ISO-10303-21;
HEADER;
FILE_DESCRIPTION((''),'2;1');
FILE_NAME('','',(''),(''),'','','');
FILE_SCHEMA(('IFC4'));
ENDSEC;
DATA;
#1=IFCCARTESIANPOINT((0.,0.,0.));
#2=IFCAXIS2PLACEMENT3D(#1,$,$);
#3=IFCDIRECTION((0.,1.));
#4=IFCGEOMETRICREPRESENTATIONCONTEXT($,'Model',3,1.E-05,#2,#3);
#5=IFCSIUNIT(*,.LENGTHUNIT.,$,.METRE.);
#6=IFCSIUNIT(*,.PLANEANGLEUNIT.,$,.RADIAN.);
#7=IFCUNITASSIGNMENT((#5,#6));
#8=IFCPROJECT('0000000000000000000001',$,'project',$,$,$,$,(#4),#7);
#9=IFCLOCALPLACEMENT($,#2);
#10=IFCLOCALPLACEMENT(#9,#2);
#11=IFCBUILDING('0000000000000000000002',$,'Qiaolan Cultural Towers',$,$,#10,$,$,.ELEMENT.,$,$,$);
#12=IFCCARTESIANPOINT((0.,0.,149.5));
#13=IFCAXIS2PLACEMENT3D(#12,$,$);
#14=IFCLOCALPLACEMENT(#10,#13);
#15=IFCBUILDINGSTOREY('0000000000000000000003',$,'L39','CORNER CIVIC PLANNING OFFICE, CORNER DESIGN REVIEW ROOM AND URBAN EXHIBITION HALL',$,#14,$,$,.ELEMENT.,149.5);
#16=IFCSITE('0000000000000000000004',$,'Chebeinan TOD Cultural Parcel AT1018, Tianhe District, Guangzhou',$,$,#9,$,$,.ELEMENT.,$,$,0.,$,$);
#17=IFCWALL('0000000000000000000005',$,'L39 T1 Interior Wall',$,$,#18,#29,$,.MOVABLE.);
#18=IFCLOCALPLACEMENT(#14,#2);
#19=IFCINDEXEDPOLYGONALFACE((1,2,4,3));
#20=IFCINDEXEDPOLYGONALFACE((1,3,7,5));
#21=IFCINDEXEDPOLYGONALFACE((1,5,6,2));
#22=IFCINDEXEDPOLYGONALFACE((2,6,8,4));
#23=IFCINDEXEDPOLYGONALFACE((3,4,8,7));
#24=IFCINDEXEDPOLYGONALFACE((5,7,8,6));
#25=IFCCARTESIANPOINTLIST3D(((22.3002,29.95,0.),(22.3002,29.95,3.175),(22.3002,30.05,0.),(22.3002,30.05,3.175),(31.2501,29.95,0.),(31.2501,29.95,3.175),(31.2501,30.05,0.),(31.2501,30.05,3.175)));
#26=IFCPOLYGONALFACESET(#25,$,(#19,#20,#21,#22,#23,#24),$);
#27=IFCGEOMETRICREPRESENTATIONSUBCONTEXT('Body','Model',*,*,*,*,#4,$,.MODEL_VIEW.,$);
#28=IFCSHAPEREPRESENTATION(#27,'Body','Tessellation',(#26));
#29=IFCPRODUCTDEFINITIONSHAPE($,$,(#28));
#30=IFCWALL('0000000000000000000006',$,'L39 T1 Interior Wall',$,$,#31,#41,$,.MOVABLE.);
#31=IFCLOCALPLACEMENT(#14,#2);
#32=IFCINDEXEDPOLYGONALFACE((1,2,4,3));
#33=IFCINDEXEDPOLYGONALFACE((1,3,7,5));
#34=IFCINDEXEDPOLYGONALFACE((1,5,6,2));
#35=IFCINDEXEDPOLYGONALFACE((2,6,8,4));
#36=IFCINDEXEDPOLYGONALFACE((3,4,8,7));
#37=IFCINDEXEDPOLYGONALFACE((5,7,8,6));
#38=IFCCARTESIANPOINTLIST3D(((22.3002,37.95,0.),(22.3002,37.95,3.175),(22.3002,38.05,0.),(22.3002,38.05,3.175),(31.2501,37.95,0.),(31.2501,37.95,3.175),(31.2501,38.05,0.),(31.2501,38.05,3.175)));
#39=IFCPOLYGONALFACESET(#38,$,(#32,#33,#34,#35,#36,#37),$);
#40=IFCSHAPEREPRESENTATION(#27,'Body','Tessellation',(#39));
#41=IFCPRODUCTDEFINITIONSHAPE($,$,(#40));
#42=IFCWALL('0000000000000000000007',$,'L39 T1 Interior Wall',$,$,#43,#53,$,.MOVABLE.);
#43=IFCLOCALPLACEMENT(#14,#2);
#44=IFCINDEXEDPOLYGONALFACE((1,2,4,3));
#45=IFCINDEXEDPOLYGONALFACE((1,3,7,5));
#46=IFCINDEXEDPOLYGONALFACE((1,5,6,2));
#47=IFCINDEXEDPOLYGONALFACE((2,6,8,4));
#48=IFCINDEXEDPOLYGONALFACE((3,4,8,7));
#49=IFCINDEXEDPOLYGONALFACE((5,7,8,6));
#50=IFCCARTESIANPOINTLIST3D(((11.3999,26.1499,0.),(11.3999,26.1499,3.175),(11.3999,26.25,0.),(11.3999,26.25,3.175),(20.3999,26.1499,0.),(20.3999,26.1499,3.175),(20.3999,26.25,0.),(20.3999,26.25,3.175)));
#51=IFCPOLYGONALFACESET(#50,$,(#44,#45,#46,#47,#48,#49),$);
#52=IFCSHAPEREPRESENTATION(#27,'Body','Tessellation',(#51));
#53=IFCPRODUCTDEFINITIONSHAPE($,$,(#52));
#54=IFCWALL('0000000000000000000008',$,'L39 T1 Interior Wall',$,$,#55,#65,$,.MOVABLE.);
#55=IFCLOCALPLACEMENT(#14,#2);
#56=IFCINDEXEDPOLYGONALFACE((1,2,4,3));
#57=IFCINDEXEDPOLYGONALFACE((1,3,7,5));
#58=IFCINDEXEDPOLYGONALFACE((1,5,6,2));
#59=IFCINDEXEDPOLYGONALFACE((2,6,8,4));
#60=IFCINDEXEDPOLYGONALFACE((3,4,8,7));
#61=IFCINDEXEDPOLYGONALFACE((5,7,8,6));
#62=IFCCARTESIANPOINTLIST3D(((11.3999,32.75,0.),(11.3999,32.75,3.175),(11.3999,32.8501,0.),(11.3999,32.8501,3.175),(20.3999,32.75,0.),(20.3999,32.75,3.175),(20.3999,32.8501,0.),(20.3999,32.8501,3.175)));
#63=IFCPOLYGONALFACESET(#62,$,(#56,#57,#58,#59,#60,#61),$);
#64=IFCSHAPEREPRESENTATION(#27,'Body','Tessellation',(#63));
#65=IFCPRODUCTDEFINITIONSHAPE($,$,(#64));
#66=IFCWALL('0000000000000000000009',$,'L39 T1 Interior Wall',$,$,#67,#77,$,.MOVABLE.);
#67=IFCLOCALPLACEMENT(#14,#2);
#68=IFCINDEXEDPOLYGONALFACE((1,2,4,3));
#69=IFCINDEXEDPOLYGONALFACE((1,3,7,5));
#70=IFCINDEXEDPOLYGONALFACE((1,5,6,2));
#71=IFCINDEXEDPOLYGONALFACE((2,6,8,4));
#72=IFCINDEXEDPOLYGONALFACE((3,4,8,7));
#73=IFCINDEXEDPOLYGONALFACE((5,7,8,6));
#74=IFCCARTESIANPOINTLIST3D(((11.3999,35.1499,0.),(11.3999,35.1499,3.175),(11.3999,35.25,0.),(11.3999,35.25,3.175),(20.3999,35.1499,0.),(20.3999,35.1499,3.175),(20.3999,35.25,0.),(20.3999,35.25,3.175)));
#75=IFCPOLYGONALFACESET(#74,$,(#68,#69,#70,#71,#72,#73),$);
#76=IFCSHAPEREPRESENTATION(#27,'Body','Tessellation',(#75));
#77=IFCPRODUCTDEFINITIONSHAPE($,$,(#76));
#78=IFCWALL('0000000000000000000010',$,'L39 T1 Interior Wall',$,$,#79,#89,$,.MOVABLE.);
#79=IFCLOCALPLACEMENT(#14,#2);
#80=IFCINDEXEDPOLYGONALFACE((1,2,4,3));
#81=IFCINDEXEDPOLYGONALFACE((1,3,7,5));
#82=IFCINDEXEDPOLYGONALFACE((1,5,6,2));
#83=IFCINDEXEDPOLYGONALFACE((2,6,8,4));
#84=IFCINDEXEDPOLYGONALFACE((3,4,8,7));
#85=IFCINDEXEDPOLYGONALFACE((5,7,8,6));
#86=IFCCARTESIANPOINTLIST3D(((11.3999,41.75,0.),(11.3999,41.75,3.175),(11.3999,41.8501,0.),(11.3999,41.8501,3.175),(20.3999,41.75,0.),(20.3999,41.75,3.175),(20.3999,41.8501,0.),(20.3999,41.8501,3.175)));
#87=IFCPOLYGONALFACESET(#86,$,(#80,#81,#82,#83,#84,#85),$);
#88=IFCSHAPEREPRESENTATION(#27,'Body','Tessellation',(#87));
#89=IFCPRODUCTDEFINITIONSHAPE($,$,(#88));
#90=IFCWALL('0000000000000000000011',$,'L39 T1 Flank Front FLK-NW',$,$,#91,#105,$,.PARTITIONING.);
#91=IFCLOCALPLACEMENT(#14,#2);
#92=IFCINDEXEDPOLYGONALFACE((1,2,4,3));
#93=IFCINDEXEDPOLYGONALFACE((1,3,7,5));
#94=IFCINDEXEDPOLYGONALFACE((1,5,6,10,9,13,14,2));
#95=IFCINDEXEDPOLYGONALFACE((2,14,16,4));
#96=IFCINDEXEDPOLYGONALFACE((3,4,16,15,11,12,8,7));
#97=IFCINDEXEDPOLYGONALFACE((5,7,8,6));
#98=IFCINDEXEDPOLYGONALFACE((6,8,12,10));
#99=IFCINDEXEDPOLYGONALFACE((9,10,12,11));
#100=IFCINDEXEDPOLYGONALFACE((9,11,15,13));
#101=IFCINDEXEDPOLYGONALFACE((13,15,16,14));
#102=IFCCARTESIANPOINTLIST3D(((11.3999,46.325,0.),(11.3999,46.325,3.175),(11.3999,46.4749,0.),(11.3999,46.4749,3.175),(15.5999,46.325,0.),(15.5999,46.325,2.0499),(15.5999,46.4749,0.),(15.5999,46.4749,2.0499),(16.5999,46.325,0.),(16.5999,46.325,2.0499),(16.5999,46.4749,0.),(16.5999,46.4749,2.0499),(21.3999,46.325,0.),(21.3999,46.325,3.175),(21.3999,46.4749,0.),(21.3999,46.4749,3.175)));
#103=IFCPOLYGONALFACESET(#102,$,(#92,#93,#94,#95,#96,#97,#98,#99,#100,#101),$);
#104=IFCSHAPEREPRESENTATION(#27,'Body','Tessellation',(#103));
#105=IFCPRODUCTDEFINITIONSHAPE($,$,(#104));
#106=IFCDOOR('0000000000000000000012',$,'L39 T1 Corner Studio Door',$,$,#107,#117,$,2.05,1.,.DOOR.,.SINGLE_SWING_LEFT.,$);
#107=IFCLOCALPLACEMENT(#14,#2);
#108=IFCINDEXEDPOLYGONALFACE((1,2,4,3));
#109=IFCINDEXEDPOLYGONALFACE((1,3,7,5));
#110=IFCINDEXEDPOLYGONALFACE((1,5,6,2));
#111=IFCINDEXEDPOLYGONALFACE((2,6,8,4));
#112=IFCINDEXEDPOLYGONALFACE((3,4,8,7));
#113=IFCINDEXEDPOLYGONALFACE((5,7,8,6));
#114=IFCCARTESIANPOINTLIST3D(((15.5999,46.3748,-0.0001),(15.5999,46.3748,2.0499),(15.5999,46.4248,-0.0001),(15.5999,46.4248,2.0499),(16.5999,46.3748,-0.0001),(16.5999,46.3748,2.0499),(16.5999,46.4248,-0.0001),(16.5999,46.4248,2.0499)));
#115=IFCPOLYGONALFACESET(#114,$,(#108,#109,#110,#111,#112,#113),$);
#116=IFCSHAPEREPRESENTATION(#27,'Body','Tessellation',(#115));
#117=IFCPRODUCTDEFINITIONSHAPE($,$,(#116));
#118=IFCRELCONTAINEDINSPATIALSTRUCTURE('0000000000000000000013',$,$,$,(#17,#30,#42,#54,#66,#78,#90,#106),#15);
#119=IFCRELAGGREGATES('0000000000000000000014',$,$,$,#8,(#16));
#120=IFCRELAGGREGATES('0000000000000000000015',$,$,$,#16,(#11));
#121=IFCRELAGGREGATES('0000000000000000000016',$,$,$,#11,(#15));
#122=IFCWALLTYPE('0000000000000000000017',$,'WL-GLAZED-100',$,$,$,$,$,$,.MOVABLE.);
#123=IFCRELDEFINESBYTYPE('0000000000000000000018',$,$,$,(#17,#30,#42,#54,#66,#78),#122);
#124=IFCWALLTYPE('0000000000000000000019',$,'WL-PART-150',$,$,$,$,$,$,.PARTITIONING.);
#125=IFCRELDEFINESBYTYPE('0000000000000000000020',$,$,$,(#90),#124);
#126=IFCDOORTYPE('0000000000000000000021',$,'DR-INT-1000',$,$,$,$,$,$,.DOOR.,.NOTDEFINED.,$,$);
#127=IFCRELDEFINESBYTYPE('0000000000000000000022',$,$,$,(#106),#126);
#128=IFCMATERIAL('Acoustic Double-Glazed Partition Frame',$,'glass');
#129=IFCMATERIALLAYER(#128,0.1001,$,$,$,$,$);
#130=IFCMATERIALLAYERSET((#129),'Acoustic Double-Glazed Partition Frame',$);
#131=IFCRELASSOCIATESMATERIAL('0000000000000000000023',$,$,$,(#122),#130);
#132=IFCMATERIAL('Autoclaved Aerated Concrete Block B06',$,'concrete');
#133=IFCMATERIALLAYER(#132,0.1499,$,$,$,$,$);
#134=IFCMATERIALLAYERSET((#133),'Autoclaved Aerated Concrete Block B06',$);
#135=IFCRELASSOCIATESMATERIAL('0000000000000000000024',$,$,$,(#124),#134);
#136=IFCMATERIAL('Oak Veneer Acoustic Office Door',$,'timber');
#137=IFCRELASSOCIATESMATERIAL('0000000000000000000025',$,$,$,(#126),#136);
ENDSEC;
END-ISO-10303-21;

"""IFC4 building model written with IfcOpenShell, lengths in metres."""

from ifc_helpers import new_model, si_unit, direction, frame, frame_2d, origin, place, context, subcontext, project, spatial, rectangle, extrude, material, layer, layer_set, type_object, element, fill, save


model = new_model("IFC4")

# Units and contexts
model_context = context("Model", 3, precision=1e-05, world=origin(), true_north=direction((0.0, 1.0)))
body_context = subcontext(model_context, "Body", "Model", "MODEL_VIEW")
ifc_project = project(units=[si_unit("LENGTHUNIT", "METRE"), si_unit("PLANEANGLEUNIT", "RADIAN")], contexts=[model_context])

# Site, building, storey
site_placement = place(None, origin())
site = spatial("IfcSite", under=ifc_project, at=site_placement, Name="Chebeinan TOD Cultural Parcel AT1018, Tianhe District, Guangzhou", CompositionType="ELEMENT", RefElevation=0.0)
building_placement = place(site_placement, origin())
building = spatial("IfcBuilding", under=site, at=building_placement, Name="Qiaolan Cultural Towers", CompositionType="ELEMENT")
storey_placement = place(building_placement, frame((0.0, 0.0, 149.5)))
storey = spatial("IfcBuildingStorey", under=building, at=storey_placement, Name="L39", Description="CORNER CIVIC PLANNING OFFICE, CORNER DESIGN REVIEW ROOM AND URBAN EXHIBITION HALL", CompositionType="ELEMENT", Elevation=149.5)

# Walls
ifc_material_1 = material(Name="Acoustic Double-Glazed Partition Frame", Category="glass")
ifc_layer_1 = layer(ifc_material_1, 0.1001)
ifc_layer_set_1 = layer_set([ifc_layer_1], Name="Acoustic Double-Glazed Partition Frame")
wall_type_1 = type_object("IfcWallType", Name="WL-GLAZED-100", PredefinedType="MOVABLE", material=ifc_layer_set_1)
for number, where, z_axis, x_axis, name in (
    (1, (22.3, 30.0, 0.0), (0.0, 0.0, 1.0), (1.0, 0.0, 0.0), "L39 T1 Interior Wall"),
    (2, (22.3, 38.0, 0.0), (0.0, 0.0, 1.0), (1.0, 0.0, 0.0), "L39 T1 Interior Wall"),
):
    element("IfcWall", number, at=place(storey_placement, frame(where, z_axis=z_axis, x_axis=x_axis)), inside=storey, type_object=wall_type_1, Name=name, PredefinedType="MOVABLE", context=body_context, shape_type="SweptSolid", body=[
        extrude(rectangle(XDim=8.95, YDim=0.1001, at=frame_2d((4.4751, 0.0))), origin(), (0.0, 0.0, 1.0), 3.175),
    ])
for number, where, z_axis, x_axis, name in (
    (3, (11.3999, 26.2, 0.0), (0.0, 0.0, 1.0), (1.0, 0.0, 0.0), "L39 T1 Interior Wall"),
    (4, (11.3999, 32.8, 0.0), (0.0, 0.0, 1.0), (1.0, 0.0, 0.0), "L39 T1 Interior Wall"),
    (5, (11.3999, 35.2, 0.0), (0.0, 0.0, 1.0), (1.0, 0.0, 0.0), "L39 T1 Interior Wall"),
    (6, (11.3999, 41.8, 0.0), (0.0, 0.0, 1.0), (1.0, 0.0, 0.0), "L39 T1 Interior Wall"),
):
    element("IfcWall", number, at=place(storey_placement, frame(where, z_axis=z_axis, x_axis=x_axis)), inside=storey, type_object=wall_type_1, Name=name, PredefinedType="MOVABLE", context=body_context, shape_type="SweptSolid", body=[
        extrude(rectangle(XDim=9.0, YDim=0.1001, at=frame_2d((4.5, 0.0))), origin(), (0.0, 0.0, 1.0), 3.175),
    ])

# Wall, opening, door
ifc_material_2 = material(Name="Autoclaved Aerated Concrete Block B06", Category="concrete")
ifc_layer_2 = layer(ifc_material_2, 0.1499)
ifc_layer_set_2 = layer_set([ifc_layer_2], Name="Autoclaved Aerated Concrete Block B06")
wall_type_2 = type_object("IfcWallType", Name="WL-PART-150", PredefinedType="PARTITIONING", material=ifc_layer_set_2)
wall_1_placement = place(storey_placement, frame((11.3999, 46.3999, 0.0), z_axis=(0.0, 0.0, 1.0), x_axis=(1.0, 0.0, 0.0)))
wall_1 = element("IfcWall", 7, at=wall_1_placement, inside=storey, type_object=wall_type_2, Name="L39 T1 Flank Front FLK-NW", PredefinedType="PARTITIONING", context=body_context, shape_type="SweptSolid", body=[
    extrude(rectangle(XDim=10.0, YDim=0.1499, at=frame_2d((5.0, 0.0))), origin(), (0.0, 0.0, 1.0), 3.175),
])
opening_1_placement = place(wall_1_placement, frame((4.2, 0.0, 0.0)))
opening_1 = element("IfcOpeningElement", 8, at=opening_1_placement, cuts=wall_1, PredefinedType="OPENING", context=body_context, shape_type="SweptSolid", body=[
    extrude(rectangle(XDim=1.0, YDim=2.05, at=frame_2d((0.5, 1.0249))), frame((0.0, 0.085, 0.0), z_axis=(0.0, -1.0, 0.0), x_axis=(1.0, 0.0, 0.0)), (0.0, 0.0, 1.0), 0.1699),
])
ifc_material_3 = material(Name="Oak Veneer Acoustic Office Door", Category="timber")
door_type_1 = type_object("IfcDoorType", Name="DR-INT-1000", OperationType="NOTDEFINED", PredefinedType="DOOR", material=ifc_material_3)
door_1_placement = place(opening_1_placement, origin())
door_1 = element("IfcDoor", 9, at=door_1_placement, inside=storey, type_object=door_type_1, Name="L39 T1 Corner Studio Door", OperationType="SINGLE_SWING_LEFT", OverallHeight=2.05, OverallWidth=1.0, PredefinedType="DOOR", context=body_context, shape_type="SweptSolid", body=[
    extrude(rectangle(XDim=1.0, YDim=2.05, at=frame_2d((0.5, 1.0249))), frame((0.0, 0.0249, 0.0), z_axis=(0.0, -1.0, 0.0), x_axis=(1.0, 0.0, 0.0)), (0.0, 0.0, 1.0), 0.05),
])
fill(opening_1, door_1)

save(model, "model.ifc")
